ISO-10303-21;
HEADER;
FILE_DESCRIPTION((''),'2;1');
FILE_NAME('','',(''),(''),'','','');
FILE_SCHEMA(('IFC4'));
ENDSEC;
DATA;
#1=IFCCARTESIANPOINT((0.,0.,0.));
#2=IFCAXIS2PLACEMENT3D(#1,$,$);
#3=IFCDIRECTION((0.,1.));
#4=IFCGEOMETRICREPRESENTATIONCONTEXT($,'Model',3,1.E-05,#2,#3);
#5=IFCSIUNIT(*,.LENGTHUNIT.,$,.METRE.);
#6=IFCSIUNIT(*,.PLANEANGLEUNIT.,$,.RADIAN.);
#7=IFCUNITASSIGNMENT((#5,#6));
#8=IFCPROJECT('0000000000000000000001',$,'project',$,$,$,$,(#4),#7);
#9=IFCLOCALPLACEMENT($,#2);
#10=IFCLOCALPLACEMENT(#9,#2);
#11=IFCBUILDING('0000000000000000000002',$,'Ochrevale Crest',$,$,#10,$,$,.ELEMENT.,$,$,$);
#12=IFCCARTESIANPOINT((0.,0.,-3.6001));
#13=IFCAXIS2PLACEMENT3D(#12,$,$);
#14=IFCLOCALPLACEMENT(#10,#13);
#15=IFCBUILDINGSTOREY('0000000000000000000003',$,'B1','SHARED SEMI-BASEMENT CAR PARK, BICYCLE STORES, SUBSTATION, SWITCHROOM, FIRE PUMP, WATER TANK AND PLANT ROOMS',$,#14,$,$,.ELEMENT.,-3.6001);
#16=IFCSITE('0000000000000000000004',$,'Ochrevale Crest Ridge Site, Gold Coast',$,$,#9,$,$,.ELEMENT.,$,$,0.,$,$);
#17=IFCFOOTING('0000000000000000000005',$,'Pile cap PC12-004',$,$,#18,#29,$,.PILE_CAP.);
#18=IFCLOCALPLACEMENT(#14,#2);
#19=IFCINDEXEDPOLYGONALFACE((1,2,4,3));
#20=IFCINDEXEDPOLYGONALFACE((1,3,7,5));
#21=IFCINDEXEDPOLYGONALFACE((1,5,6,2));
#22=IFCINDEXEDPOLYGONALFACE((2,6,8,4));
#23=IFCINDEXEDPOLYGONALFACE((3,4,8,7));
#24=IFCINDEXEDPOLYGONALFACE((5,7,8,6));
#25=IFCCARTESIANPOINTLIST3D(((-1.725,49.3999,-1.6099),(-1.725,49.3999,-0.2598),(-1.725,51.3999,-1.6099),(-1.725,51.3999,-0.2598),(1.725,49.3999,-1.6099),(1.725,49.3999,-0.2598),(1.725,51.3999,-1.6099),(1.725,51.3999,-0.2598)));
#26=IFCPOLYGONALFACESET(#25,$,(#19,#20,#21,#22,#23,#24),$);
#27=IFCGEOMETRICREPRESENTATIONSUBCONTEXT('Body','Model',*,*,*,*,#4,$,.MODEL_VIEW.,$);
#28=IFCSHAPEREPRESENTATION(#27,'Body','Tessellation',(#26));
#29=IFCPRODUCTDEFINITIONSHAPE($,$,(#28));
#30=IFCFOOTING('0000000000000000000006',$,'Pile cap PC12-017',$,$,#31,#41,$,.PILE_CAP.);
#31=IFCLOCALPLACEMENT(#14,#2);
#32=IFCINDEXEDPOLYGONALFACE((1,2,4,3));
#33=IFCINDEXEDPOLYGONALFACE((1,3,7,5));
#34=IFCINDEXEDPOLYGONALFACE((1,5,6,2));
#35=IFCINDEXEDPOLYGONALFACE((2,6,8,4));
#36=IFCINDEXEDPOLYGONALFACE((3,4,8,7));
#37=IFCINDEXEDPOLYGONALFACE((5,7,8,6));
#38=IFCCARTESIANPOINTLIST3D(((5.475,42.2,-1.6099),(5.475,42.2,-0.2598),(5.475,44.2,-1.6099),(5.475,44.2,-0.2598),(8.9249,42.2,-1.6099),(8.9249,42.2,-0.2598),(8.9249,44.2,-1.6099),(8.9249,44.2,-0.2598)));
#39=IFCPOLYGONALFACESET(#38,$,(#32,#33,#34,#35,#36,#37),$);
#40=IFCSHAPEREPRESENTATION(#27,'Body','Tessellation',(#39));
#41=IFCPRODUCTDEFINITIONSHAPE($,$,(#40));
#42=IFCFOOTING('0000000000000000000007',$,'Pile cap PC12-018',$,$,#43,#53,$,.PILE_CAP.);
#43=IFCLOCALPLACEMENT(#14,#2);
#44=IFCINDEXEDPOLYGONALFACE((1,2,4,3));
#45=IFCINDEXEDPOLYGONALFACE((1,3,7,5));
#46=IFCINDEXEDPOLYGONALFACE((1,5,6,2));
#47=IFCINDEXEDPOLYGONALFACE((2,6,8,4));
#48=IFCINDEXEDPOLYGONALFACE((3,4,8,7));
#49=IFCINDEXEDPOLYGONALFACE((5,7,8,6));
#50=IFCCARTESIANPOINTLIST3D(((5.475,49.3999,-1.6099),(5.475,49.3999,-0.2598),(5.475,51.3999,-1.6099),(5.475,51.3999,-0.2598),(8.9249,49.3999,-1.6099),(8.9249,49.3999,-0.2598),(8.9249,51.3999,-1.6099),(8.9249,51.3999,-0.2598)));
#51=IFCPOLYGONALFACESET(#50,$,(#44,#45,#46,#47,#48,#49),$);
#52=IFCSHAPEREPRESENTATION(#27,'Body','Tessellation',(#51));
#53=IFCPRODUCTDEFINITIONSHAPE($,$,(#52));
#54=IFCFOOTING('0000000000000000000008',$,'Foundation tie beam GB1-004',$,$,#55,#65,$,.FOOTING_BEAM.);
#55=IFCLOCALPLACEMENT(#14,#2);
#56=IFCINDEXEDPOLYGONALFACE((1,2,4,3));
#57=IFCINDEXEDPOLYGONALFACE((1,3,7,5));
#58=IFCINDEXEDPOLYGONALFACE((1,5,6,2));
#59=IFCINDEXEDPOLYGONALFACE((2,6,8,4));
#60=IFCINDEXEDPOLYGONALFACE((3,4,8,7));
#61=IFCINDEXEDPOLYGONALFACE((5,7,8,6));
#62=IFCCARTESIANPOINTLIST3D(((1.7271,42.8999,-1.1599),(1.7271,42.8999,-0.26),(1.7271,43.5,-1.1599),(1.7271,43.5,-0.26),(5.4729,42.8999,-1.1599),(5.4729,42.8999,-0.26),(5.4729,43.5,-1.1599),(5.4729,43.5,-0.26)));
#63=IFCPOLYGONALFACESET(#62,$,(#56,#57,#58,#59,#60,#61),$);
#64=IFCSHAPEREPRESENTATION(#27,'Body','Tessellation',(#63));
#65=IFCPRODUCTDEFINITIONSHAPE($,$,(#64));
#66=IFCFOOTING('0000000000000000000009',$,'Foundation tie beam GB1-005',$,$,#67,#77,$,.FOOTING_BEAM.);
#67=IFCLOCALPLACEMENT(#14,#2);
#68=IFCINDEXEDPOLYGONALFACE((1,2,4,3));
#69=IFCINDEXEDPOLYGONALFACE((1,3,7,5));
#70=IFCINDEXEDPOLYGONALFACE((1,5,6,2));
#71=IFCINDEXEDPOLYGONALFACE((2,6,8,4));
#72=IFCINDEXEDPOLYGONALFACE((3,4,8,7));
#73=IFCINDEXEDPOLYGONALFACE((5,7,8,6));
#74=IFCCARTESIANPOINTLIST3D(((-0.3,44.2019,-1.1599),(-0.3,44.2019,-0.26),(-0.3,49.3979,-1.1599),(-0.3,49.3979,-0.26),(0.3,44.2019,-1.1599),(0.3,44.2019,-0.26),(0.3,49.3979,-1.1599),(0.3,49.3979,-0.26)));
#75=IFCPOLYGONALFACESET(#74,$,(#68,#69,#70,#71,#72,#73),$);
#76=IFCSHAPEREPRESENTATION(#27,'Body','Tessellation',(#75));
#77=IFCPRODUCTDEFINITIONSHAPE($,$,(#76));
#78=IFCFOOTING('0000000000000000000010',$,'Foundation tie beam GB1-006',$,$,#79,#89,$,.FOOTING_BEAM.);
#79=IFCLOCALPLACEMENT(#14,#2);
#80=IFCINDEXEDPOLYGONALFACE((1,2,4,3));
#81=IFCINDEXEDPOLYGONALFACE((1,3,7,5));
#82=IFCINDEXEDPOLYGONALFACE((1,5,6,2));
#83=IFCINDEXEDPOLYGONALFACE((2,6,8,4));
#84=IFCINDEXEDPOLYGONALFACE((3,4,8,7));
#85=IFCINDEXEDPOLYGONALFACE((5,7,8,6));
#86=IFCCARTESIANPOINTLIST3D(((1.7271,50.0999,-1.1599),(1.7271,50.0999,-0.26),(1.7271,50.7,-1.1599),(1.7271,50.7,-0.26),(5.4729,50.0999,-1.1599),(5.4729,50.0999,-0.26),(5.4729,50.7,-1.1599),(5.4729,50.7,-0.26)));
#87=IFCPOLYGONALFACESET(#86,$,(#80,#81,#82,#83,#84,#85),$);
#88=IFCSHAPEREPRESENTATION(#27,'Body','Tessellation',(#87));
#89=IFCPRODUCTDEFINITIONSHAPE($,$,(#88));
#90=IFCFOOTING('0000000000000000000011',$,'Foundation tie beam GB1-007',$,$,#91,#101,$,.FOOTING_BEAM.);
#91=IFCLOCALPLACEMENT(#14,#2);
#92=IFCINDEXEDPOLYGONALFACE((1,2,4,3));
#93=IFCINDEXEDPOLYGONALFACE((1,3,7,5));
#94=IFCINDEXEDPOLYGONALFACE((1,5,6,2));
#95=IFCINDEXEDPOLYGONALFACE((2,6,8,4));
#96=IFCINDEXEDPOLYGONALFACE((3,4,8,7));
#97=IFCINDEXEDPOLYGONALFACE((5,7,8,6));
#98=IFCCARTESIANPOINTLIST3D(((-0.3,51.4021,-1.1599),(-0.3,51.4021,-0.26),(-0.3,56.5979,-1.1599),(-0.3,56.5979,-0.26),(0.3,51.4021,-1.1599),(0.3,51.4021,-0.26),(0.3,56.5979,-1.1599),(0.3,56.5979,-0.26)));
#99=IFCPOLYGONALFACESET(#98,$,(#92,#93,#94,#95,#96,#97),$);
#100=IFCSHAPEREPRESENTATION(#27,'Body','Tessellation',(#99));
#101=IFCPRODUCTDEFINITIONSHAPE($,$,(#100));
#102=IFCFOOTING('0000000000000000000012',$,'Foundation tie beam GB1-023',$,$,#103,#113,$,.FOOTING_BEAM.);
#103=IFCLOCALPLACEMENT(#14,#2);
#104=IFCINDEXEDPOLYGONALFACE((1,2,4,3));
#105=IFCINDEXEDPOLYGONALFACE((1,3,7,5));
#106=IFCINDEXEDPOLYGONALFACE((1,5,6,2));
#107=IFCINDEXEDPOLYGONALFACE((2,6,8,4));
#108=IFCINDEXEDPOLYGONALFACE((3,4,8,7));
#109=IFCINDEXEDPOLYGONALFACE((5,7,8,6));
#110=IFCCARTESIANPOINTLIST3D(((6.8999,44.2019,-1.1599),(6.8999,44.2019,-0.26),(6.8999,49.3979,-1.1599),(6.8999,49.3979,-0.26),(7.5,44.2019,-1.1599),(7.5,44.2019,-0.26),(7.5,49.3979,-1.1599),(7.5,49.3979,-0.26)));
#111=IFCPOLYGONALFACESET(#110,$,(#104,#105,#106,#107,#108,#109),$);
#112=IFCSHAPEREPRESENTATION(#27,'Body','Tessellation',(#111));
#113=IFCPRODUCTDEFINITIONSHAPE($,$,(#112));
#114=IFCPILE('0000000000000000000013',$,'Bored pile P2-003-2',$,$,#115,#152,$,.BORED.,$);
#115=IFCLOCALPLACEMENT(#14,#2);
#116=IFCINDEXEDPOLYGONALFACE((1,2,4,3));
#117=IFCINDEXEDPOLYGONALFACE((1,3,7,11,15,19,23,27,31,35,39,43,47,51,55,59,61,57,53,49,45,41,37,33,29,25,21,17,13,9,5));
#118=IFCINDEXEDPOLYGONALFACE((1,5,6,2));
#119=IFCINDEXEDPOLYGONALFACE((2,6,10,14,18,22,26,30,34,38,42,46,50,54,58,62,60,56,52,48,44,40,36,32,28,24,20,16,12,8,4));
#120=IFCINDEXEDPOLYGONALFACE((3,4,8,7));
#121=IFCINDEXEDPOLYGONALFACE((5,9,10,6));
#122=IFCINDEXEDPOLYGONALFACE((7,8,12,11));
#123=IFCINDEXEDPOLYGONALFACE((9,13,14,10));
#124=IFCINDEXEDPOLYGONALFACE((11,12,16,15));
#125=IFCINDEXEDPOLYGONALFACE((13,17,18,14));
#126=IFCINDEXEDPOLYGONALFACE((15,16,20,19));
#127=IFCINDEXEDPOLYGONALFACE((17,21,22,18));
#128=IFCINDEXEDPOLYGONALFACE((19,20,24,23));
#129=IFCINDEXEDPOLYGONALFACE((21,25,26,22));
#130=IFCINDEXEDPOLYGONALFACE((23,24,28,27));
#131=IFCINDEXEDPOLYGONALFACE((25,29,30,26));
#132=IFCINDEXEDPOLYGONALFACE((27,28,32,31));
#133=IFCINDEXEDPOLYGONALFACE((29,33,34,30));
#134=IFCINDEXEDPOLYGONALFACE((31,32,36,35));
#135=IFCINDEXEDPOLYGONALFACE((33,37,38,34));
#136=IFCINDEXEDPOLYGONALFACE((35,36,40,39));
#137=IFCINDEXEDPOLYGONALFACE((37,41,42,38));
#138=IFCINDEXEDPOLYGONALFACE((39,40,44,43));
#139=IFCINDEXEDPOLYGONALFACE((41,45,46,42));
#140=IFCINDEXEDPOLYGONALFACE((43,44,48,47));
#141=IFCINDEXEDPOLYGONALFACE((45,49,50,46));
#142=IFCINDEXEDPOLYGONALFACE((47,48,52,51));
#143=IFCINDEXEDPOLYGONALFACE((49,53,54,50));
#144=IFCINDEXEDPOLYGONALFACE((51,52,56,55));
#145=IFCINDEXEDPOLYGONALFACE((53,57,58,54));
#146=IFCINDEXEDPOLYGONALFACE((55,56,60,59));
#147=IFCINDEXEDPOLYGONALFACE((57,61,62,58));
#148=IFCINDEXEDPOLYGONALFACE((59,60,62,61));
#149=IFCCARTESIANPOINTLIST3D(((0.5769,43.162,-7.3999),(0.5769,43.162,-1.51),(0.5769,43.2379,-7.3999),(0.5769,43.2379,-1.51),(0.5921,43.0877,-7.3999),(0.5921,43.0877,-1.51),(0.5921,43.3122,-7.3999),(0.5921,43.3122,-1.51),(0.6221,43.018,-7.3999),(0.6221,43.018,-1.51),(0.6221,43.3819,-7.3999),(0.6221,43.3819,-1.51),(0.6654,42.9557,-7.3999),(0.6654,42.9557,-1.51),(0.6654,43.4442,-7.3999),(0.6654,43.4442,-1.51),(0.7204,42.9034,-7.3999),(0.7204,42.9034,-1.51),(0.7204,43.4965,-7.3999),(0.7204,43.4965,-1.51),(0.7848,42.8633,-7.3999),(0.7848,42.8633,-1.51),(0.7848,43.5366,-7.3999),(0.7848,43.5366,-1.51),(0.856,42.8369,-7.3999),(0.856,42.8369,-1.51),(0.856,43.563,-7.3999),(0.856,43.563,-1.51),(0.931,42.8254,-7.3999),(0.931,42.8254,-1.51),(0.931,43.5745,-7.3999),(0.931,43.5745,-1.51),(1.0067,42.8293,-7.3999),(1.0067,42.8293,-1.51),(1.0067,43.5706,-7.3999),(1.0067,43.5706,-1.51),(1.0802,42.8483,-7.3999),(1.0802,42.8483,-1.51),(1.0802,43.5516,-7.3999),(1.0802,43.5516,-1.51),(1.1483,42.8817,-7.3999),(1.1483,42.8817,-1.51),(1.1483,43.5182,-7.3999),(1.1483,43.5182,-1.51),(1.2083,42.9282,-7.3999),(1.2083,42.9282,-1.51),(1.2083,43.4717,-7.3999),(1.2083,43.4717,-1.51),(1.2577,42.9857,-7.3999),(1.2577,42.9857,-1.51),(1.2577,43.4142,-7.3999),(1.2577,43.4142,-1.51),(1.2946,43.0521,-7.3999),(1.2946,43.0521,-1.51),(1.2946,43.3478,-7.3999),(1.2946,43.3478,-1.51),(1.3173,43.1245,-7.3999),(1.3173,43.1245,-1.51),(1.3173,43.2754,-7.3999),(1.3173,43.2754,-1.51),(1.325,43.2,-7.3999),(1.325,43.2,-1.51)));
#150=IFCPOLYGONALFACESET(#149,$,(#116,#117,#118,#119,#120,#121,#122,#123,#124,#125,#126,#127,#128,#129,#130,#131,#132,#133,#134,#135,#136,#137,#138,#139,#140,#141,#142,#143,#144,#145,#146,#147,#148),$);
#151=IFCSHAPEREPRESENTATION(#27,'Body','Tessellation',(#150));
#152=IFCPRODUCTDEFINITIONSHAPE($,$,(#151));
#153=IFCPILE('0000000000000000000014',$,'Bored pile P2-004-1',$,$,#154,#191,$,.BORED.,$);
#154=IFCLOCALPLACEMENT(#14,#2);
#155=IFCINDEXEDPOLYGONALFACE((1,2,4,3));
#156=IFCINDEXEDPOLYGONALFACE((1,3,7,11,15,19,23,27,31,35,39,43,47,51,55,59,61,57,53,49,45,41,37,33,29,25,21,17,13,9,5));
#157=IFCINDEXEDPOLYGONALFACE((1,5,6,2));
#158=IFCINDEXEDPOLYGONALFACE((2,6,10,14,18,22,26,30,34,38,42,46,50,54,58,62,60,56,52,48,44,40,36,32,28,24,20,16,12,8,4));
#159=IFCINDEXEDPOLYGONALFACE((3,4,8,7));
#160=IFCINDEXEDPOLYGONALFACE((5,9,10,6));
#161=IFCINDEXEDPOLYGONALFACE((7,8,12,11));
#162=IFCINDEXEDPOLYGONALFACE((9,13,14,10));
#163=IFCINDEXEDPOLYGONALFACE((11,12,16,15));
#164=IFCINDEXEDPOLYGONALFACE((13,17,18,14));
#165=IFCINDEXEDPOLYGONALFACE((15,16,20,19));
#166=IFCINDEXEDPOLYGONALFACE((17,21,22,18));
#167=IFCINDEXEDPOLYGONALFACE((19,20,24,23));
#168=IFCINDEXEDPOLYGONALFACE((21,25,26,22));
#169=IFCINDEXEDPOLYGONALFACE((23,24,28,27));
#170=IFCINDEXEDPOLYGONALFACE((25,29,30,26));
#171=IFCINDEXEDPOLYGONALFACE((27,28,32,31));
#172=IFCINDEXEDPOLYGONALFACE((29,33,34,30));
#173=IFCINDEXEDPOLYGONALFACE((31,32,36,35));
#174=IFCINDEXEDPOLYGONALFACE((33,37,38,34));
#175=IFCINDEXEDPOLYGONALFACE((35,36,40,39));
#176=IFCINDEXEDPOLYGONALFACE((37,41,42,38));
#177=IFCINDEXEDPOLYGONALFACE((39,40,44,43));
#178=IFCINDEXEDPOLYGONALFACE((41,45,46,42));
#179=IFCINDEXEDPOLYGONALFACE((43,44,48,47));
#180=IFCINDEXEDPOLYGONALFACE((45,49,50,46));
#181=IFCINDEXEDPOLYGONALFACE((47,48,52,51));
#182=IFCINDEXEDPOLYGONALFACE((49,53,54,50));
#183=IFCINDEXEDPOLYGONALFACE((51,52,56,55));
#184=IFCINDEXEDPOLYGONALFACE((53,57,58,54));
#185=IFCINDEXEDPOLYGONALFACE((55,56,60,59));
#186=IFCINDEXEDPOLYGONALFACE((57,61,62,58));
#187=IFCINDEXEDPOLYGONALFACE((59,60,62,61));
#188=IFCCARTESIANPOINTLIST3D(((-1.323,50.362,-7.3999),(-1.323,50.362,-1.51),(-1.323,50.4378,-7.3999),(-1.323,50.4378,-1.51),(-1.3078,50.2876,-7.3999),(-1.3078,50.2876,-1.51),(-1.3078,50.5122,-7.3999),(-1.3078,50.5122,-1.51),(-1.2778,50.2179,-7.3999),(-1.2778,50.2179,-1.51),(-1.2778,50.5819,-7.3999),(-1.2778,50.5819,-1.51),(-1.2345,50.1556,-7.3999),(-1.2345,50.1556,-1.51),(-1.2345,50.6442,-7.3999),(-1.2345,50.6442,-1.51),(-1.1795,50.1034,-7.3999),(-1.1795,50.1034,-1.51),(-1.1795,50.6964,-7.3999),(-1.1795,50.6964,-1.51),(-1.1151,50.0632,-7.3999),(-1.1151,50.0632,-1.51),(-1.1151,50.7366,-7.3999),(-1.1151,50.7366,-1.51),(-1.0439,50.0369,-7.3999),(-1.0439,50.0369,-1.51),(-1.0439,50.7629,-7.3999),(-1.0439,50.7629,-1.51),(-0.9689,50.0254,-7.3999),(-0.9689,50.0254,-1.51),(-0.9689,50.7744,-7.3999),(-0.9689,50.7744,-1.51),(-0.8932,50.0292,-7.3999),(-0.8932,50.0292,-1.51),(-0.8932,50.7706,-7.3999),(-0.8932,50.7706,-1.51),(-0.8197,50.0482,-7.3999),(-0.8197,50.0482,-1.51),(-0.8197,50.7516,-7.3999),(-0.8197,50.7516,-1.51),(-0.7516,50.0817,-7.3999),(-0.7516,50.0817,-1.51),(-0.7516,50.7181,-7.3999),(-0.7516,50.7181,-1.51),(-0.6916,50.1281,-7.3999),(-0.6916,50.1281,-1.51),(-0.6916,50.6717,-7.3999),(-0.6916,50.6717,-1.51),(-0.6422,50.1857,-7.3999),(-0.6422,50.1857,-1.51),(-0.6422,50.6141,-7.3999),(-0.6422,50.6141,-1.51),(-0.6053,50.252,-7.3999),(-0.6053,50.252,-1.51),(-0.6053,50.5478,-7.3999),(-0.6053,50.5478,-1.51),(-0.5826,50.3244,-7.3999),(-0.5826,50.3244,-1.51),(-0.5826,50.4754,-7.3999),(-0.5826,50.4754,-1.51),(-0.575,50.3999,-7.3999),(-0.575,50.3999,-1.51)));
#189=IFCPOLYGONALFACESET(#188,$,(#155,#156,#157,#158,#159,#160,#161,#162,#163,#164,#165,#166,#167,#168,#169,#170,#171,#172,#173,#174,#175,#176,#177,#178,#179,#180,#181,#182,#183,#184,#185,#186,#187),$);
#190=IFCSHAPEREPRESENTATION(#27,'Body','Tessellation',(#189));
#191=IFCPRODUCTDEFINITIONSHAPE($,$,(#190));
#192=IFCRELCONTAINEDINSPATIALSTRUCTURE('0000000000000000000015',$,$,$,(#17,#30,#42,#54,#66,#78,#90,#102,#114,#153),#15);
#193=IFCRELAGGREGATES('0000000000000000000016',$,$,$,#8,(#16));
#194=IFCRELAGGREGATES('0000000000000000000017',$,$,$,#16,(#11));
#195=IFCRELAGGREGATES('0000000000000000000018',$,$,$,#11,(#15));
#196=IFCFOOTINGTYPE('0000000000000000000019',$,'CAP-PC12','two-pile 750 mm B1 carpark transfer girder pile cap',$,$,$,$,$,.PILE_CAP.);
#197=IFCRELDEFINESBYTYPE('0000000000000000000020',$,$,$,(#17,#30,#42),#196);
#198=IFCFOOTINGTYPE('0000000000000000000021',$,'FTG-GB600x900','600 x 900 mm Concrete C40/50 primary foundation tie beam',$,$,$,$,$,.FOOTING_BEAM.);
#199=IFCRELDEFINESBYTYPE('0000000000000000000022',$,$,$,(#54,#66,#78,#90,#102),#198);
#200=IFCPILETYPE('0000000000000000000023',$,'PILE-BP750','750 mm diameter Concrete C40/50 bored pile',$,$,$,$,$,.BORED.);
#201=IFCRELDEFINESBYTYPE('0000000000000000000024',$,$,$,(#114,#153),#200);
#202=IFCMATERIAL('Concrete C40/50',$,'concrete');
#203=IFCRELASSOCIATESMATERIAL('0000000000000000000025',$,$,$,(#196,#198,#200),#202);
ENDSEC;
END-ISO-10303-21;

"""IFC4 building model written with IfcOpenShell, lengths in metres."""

from ifc_helpers import new_model, si_unit, direction, frame, origin, origin_2d, place, context, subcontext, project, spatial, rectangle, circle, extrude, material, material_profile, profile_set, type_object, element, save


model = new_model("IFC4")

# Units and contexts
model_context = context("Model", 3, precision=1e-05, world=origin(), true_north=direction((0.0, 1.0)))
body_context = subcontext(model_context, "Body", "Model", "MODEL_VIEW")
ifc_project = project(units=[si_unit("LENGTHUNIT", "METRE"), si_unit("PLANEANGLEUNIT", "RADIAN")], contexts=[model_context])

# Site, building, storey
site_placement = place(None, origin())
site = spatial("IfcSite", under=ifc_project, at=site_placement, Name="Ochrevale Crest Ridge Site, Gold Coast", CompositionType="ELEMENT", RefElevation=0.0)
building_placement = place(site_placement, origin())
building = spatial("IfcBuilding", under=site, at=building_placement, Name="Ochrevale Crest", CompositionType="ELEMENT")
storey_placement = place(building_placement, frame((0.0, 0.0, -3.6001)))
storey = spatial("IfcBuildingStorey", under=building, at=storey_placement, Name="B1", Description="SHARED SEMI-BASEMENT CAR PARK, BICYCLE STORES, SUBSTATION, SWITCHROOM, FIRE PUMP, WATER TANK AND PLANT ROOMS", CompositionType="ELEMENT", Elevation=-3.6001)

# Footings
ifc_material_1 = material(Name="Concrete C40/50", Category="concrete")
footing_type_1 = type_object("IfcFootingType", Name="CAP-PC12", Description="two-pile 750 mm B1 carpark transfer girder pile cap", PredefinedType="PILE_CAP", material=ifc_material_1)
for number, where, z_axis, x_axis, name in (
    (1, (0.0, 50.3999, -1.6099), (0.0, 0.0, 1.0), (1.0, 0.0, 0.0), "Pile cap PC12-004"),
    (2, (7.2, 43.2, -1.6099), (0.0, 0.0, 1.0), (1.0, 0.0, 0.0), "Pile cap PC12-017"),
    (3, (7.2, 50.3999, -1.6099), (0.0, 0.0, 1.0), (1.0, 0.0, 0.0), "Pile cap PC12-018"),
):
    element("IfcFooting", number, at=place(storey_placement, frame(where, z_axis=z_axis, x_axis=x_axis)), inside=storey, type_object=footing_type_1, Name=name, PredefinedType="PILE_CAP", context=body_context, shape_type="SweptSolid", body=[
        extrude(rectangle(XDim=3.45, YDim=2.0, at=origin_2d()), origin(), (0.0, 0.0, 1.0), 1.3501),
    ])
ifc_material_profile_1 = material_profile(ifc_material_1, rectangle(XDim=0.6001, YDim=0.8999, at=origin_2d()), Name="GB 600x900")
ifc_profile_set_1 = profile_set([ifc_material_profile_1], Name="Concrete C40/50")
footing_type_2 = type_object("IfcFootingType", Name="FTG-GB600x900", Description="600 x 900 mm Concrete C40/50 primary foundation tie beam", PredefinedType="FOOTING_BEAM", material=ifc_profile_set_1)
footing_1_placement = place(storey_placement, frame((1.7271, 43.2, -0.71), z_axis=(1.0, 0.0, 0.0), x_axis=(0.0, 1.0, 0.0)))
element("IfcFooting", 4, at=footing_1_placement, inside=storey, type_object=footing_type_2, Name="Foundation tie beam GB1-004", PredefinedType="FOOTING_BEAM", context=body_context, shape_type="SweptSolid", body=[
    extrude(rectangle(XDim=0.6001, YDim=0.8999, at=origin_2d()), origin(), (0.0, 0.0, 1.0), 3.7458),
])
footing_2_placement = place(storey_placement, frame((0.0, 44.2019, -0.71), z_axis=(0.0, 1.0, 0.0), x_axis=(-1.0, 0.0, 0.0)))
element("IfcFooting", 5, at=footing_2_placement, inside=storey, type_object=footing_type_2, Name="Foundation tie beam GB1-005", PredefinedType="FOOTING_BEAM", context=body_context, shape_type="SweptSolid", body=[
    extrude(rectangle(XDim=0.6001, YDim=0.8999, at=origin_2d()), origin(), (0.0, 0.0, 1.0), 5.196),
])
footing_3_placement = place(storey_placement, frame((1.7271, 50.3999, -0.71), z_axis=(1.0, 0.0, 0.0), x_axis=(0.0, 1.0, 0.0)))
element("IfcFooting", 6, at=footing_3_placement, inside=storey, type_object=footing_type_2, Name="Foundation tie beam GB1-006", PredefinedType="FOOTING_BEAM", context=body_context, shape_type="SweptSolid", body=[
    extrude(rectangle(XDim=0.6001, YDim=0.8999, at=origin_2d()), origin(), (0.0, 0.0, 1.0), 3.7458),
])
footing_4_placement = place(storey_placement, frame((0.0, 51.4021, -0.71), z_axis=(0.0, 1.0, 0.0), x_axis=(-1.0, 0.0, 0.0)))
element("IfcFooting", 7, at=footing_4_placement, inside=storey, type_object=footing_type_2, Name="Foundation tie beam GB1-007", PredefinedType="FOOTING_BEAM", context=body_context, shape_type="SweptSolid", body=[
    extrude(rectangle(XDim=0.6001, YDim=0.8999, at=origin_2d()), origin(), (0.0, 0.0, 1.0), 5.1958),
])
footing_5_placement = place(storey_placement, frame((7.2, 44.2019, -0.71), z_axis=(0.0, 1.0, 0.0), x_axis=(-1.0, 0.0, 0.0)))
element("IfcFooting", 8, at=footing_5_placement, inside=storey, type_object=footing_type_2, Name="Foundation tie beam GB1-023", PredefinedType="FOOTING_BEAM", context=body_context, shape_type="SweptSolid", body=[
    extrude(rectangle(XDim=0.6001, YDim=0.8999, at=origin_2d()), origin(), (0.0, 0.0, 1.0), 5.196),
])

# Piles
ifc_material_profile_2 = material_profile(ifc_material_1, circle(Radius=0.375, at=origin_2d()), Name="BORED PILE 750")
ifc_profile_set_2 = profile_set([ifc_material_profile_2], Name="Concrete C40/50")
pile_type = type_object("IfcPileType", Name="PILE-BP750", Description="750 mm diameter Concrete C40/50 bored pile", PredefinedType="BORED", material=ifc_profile_set_2)
for number, where, z_axis, x_axis, name in (
    (9, (0.95, 43.2, -1.51), (0.0, 0.0, -1.0), (1.0, 0.0, 0.0), "Bored pile P2-003-2"),
    (10, (-0.95, 50.3999, -1.51), (0.0, 0.0, -1.0), (1.0, 0.0, 0.0), "Bored pile P2-004-1"),
):
    element("IfcPile", number, at=place(storey_placement, frame(where, z_axis=z_axis, x_axis=x_axis)), inside=storey, type_object=pile_type, Name=name, PredefinedType="BORED", context=body_context, shape_type="SweptSolid", body=[
        extrude(circle(Radius=0.375, at=origin_2d()), origin(), (0.0, 0.0, 1.0), 5.8899),
    ])

save(model, "model.ifc")
